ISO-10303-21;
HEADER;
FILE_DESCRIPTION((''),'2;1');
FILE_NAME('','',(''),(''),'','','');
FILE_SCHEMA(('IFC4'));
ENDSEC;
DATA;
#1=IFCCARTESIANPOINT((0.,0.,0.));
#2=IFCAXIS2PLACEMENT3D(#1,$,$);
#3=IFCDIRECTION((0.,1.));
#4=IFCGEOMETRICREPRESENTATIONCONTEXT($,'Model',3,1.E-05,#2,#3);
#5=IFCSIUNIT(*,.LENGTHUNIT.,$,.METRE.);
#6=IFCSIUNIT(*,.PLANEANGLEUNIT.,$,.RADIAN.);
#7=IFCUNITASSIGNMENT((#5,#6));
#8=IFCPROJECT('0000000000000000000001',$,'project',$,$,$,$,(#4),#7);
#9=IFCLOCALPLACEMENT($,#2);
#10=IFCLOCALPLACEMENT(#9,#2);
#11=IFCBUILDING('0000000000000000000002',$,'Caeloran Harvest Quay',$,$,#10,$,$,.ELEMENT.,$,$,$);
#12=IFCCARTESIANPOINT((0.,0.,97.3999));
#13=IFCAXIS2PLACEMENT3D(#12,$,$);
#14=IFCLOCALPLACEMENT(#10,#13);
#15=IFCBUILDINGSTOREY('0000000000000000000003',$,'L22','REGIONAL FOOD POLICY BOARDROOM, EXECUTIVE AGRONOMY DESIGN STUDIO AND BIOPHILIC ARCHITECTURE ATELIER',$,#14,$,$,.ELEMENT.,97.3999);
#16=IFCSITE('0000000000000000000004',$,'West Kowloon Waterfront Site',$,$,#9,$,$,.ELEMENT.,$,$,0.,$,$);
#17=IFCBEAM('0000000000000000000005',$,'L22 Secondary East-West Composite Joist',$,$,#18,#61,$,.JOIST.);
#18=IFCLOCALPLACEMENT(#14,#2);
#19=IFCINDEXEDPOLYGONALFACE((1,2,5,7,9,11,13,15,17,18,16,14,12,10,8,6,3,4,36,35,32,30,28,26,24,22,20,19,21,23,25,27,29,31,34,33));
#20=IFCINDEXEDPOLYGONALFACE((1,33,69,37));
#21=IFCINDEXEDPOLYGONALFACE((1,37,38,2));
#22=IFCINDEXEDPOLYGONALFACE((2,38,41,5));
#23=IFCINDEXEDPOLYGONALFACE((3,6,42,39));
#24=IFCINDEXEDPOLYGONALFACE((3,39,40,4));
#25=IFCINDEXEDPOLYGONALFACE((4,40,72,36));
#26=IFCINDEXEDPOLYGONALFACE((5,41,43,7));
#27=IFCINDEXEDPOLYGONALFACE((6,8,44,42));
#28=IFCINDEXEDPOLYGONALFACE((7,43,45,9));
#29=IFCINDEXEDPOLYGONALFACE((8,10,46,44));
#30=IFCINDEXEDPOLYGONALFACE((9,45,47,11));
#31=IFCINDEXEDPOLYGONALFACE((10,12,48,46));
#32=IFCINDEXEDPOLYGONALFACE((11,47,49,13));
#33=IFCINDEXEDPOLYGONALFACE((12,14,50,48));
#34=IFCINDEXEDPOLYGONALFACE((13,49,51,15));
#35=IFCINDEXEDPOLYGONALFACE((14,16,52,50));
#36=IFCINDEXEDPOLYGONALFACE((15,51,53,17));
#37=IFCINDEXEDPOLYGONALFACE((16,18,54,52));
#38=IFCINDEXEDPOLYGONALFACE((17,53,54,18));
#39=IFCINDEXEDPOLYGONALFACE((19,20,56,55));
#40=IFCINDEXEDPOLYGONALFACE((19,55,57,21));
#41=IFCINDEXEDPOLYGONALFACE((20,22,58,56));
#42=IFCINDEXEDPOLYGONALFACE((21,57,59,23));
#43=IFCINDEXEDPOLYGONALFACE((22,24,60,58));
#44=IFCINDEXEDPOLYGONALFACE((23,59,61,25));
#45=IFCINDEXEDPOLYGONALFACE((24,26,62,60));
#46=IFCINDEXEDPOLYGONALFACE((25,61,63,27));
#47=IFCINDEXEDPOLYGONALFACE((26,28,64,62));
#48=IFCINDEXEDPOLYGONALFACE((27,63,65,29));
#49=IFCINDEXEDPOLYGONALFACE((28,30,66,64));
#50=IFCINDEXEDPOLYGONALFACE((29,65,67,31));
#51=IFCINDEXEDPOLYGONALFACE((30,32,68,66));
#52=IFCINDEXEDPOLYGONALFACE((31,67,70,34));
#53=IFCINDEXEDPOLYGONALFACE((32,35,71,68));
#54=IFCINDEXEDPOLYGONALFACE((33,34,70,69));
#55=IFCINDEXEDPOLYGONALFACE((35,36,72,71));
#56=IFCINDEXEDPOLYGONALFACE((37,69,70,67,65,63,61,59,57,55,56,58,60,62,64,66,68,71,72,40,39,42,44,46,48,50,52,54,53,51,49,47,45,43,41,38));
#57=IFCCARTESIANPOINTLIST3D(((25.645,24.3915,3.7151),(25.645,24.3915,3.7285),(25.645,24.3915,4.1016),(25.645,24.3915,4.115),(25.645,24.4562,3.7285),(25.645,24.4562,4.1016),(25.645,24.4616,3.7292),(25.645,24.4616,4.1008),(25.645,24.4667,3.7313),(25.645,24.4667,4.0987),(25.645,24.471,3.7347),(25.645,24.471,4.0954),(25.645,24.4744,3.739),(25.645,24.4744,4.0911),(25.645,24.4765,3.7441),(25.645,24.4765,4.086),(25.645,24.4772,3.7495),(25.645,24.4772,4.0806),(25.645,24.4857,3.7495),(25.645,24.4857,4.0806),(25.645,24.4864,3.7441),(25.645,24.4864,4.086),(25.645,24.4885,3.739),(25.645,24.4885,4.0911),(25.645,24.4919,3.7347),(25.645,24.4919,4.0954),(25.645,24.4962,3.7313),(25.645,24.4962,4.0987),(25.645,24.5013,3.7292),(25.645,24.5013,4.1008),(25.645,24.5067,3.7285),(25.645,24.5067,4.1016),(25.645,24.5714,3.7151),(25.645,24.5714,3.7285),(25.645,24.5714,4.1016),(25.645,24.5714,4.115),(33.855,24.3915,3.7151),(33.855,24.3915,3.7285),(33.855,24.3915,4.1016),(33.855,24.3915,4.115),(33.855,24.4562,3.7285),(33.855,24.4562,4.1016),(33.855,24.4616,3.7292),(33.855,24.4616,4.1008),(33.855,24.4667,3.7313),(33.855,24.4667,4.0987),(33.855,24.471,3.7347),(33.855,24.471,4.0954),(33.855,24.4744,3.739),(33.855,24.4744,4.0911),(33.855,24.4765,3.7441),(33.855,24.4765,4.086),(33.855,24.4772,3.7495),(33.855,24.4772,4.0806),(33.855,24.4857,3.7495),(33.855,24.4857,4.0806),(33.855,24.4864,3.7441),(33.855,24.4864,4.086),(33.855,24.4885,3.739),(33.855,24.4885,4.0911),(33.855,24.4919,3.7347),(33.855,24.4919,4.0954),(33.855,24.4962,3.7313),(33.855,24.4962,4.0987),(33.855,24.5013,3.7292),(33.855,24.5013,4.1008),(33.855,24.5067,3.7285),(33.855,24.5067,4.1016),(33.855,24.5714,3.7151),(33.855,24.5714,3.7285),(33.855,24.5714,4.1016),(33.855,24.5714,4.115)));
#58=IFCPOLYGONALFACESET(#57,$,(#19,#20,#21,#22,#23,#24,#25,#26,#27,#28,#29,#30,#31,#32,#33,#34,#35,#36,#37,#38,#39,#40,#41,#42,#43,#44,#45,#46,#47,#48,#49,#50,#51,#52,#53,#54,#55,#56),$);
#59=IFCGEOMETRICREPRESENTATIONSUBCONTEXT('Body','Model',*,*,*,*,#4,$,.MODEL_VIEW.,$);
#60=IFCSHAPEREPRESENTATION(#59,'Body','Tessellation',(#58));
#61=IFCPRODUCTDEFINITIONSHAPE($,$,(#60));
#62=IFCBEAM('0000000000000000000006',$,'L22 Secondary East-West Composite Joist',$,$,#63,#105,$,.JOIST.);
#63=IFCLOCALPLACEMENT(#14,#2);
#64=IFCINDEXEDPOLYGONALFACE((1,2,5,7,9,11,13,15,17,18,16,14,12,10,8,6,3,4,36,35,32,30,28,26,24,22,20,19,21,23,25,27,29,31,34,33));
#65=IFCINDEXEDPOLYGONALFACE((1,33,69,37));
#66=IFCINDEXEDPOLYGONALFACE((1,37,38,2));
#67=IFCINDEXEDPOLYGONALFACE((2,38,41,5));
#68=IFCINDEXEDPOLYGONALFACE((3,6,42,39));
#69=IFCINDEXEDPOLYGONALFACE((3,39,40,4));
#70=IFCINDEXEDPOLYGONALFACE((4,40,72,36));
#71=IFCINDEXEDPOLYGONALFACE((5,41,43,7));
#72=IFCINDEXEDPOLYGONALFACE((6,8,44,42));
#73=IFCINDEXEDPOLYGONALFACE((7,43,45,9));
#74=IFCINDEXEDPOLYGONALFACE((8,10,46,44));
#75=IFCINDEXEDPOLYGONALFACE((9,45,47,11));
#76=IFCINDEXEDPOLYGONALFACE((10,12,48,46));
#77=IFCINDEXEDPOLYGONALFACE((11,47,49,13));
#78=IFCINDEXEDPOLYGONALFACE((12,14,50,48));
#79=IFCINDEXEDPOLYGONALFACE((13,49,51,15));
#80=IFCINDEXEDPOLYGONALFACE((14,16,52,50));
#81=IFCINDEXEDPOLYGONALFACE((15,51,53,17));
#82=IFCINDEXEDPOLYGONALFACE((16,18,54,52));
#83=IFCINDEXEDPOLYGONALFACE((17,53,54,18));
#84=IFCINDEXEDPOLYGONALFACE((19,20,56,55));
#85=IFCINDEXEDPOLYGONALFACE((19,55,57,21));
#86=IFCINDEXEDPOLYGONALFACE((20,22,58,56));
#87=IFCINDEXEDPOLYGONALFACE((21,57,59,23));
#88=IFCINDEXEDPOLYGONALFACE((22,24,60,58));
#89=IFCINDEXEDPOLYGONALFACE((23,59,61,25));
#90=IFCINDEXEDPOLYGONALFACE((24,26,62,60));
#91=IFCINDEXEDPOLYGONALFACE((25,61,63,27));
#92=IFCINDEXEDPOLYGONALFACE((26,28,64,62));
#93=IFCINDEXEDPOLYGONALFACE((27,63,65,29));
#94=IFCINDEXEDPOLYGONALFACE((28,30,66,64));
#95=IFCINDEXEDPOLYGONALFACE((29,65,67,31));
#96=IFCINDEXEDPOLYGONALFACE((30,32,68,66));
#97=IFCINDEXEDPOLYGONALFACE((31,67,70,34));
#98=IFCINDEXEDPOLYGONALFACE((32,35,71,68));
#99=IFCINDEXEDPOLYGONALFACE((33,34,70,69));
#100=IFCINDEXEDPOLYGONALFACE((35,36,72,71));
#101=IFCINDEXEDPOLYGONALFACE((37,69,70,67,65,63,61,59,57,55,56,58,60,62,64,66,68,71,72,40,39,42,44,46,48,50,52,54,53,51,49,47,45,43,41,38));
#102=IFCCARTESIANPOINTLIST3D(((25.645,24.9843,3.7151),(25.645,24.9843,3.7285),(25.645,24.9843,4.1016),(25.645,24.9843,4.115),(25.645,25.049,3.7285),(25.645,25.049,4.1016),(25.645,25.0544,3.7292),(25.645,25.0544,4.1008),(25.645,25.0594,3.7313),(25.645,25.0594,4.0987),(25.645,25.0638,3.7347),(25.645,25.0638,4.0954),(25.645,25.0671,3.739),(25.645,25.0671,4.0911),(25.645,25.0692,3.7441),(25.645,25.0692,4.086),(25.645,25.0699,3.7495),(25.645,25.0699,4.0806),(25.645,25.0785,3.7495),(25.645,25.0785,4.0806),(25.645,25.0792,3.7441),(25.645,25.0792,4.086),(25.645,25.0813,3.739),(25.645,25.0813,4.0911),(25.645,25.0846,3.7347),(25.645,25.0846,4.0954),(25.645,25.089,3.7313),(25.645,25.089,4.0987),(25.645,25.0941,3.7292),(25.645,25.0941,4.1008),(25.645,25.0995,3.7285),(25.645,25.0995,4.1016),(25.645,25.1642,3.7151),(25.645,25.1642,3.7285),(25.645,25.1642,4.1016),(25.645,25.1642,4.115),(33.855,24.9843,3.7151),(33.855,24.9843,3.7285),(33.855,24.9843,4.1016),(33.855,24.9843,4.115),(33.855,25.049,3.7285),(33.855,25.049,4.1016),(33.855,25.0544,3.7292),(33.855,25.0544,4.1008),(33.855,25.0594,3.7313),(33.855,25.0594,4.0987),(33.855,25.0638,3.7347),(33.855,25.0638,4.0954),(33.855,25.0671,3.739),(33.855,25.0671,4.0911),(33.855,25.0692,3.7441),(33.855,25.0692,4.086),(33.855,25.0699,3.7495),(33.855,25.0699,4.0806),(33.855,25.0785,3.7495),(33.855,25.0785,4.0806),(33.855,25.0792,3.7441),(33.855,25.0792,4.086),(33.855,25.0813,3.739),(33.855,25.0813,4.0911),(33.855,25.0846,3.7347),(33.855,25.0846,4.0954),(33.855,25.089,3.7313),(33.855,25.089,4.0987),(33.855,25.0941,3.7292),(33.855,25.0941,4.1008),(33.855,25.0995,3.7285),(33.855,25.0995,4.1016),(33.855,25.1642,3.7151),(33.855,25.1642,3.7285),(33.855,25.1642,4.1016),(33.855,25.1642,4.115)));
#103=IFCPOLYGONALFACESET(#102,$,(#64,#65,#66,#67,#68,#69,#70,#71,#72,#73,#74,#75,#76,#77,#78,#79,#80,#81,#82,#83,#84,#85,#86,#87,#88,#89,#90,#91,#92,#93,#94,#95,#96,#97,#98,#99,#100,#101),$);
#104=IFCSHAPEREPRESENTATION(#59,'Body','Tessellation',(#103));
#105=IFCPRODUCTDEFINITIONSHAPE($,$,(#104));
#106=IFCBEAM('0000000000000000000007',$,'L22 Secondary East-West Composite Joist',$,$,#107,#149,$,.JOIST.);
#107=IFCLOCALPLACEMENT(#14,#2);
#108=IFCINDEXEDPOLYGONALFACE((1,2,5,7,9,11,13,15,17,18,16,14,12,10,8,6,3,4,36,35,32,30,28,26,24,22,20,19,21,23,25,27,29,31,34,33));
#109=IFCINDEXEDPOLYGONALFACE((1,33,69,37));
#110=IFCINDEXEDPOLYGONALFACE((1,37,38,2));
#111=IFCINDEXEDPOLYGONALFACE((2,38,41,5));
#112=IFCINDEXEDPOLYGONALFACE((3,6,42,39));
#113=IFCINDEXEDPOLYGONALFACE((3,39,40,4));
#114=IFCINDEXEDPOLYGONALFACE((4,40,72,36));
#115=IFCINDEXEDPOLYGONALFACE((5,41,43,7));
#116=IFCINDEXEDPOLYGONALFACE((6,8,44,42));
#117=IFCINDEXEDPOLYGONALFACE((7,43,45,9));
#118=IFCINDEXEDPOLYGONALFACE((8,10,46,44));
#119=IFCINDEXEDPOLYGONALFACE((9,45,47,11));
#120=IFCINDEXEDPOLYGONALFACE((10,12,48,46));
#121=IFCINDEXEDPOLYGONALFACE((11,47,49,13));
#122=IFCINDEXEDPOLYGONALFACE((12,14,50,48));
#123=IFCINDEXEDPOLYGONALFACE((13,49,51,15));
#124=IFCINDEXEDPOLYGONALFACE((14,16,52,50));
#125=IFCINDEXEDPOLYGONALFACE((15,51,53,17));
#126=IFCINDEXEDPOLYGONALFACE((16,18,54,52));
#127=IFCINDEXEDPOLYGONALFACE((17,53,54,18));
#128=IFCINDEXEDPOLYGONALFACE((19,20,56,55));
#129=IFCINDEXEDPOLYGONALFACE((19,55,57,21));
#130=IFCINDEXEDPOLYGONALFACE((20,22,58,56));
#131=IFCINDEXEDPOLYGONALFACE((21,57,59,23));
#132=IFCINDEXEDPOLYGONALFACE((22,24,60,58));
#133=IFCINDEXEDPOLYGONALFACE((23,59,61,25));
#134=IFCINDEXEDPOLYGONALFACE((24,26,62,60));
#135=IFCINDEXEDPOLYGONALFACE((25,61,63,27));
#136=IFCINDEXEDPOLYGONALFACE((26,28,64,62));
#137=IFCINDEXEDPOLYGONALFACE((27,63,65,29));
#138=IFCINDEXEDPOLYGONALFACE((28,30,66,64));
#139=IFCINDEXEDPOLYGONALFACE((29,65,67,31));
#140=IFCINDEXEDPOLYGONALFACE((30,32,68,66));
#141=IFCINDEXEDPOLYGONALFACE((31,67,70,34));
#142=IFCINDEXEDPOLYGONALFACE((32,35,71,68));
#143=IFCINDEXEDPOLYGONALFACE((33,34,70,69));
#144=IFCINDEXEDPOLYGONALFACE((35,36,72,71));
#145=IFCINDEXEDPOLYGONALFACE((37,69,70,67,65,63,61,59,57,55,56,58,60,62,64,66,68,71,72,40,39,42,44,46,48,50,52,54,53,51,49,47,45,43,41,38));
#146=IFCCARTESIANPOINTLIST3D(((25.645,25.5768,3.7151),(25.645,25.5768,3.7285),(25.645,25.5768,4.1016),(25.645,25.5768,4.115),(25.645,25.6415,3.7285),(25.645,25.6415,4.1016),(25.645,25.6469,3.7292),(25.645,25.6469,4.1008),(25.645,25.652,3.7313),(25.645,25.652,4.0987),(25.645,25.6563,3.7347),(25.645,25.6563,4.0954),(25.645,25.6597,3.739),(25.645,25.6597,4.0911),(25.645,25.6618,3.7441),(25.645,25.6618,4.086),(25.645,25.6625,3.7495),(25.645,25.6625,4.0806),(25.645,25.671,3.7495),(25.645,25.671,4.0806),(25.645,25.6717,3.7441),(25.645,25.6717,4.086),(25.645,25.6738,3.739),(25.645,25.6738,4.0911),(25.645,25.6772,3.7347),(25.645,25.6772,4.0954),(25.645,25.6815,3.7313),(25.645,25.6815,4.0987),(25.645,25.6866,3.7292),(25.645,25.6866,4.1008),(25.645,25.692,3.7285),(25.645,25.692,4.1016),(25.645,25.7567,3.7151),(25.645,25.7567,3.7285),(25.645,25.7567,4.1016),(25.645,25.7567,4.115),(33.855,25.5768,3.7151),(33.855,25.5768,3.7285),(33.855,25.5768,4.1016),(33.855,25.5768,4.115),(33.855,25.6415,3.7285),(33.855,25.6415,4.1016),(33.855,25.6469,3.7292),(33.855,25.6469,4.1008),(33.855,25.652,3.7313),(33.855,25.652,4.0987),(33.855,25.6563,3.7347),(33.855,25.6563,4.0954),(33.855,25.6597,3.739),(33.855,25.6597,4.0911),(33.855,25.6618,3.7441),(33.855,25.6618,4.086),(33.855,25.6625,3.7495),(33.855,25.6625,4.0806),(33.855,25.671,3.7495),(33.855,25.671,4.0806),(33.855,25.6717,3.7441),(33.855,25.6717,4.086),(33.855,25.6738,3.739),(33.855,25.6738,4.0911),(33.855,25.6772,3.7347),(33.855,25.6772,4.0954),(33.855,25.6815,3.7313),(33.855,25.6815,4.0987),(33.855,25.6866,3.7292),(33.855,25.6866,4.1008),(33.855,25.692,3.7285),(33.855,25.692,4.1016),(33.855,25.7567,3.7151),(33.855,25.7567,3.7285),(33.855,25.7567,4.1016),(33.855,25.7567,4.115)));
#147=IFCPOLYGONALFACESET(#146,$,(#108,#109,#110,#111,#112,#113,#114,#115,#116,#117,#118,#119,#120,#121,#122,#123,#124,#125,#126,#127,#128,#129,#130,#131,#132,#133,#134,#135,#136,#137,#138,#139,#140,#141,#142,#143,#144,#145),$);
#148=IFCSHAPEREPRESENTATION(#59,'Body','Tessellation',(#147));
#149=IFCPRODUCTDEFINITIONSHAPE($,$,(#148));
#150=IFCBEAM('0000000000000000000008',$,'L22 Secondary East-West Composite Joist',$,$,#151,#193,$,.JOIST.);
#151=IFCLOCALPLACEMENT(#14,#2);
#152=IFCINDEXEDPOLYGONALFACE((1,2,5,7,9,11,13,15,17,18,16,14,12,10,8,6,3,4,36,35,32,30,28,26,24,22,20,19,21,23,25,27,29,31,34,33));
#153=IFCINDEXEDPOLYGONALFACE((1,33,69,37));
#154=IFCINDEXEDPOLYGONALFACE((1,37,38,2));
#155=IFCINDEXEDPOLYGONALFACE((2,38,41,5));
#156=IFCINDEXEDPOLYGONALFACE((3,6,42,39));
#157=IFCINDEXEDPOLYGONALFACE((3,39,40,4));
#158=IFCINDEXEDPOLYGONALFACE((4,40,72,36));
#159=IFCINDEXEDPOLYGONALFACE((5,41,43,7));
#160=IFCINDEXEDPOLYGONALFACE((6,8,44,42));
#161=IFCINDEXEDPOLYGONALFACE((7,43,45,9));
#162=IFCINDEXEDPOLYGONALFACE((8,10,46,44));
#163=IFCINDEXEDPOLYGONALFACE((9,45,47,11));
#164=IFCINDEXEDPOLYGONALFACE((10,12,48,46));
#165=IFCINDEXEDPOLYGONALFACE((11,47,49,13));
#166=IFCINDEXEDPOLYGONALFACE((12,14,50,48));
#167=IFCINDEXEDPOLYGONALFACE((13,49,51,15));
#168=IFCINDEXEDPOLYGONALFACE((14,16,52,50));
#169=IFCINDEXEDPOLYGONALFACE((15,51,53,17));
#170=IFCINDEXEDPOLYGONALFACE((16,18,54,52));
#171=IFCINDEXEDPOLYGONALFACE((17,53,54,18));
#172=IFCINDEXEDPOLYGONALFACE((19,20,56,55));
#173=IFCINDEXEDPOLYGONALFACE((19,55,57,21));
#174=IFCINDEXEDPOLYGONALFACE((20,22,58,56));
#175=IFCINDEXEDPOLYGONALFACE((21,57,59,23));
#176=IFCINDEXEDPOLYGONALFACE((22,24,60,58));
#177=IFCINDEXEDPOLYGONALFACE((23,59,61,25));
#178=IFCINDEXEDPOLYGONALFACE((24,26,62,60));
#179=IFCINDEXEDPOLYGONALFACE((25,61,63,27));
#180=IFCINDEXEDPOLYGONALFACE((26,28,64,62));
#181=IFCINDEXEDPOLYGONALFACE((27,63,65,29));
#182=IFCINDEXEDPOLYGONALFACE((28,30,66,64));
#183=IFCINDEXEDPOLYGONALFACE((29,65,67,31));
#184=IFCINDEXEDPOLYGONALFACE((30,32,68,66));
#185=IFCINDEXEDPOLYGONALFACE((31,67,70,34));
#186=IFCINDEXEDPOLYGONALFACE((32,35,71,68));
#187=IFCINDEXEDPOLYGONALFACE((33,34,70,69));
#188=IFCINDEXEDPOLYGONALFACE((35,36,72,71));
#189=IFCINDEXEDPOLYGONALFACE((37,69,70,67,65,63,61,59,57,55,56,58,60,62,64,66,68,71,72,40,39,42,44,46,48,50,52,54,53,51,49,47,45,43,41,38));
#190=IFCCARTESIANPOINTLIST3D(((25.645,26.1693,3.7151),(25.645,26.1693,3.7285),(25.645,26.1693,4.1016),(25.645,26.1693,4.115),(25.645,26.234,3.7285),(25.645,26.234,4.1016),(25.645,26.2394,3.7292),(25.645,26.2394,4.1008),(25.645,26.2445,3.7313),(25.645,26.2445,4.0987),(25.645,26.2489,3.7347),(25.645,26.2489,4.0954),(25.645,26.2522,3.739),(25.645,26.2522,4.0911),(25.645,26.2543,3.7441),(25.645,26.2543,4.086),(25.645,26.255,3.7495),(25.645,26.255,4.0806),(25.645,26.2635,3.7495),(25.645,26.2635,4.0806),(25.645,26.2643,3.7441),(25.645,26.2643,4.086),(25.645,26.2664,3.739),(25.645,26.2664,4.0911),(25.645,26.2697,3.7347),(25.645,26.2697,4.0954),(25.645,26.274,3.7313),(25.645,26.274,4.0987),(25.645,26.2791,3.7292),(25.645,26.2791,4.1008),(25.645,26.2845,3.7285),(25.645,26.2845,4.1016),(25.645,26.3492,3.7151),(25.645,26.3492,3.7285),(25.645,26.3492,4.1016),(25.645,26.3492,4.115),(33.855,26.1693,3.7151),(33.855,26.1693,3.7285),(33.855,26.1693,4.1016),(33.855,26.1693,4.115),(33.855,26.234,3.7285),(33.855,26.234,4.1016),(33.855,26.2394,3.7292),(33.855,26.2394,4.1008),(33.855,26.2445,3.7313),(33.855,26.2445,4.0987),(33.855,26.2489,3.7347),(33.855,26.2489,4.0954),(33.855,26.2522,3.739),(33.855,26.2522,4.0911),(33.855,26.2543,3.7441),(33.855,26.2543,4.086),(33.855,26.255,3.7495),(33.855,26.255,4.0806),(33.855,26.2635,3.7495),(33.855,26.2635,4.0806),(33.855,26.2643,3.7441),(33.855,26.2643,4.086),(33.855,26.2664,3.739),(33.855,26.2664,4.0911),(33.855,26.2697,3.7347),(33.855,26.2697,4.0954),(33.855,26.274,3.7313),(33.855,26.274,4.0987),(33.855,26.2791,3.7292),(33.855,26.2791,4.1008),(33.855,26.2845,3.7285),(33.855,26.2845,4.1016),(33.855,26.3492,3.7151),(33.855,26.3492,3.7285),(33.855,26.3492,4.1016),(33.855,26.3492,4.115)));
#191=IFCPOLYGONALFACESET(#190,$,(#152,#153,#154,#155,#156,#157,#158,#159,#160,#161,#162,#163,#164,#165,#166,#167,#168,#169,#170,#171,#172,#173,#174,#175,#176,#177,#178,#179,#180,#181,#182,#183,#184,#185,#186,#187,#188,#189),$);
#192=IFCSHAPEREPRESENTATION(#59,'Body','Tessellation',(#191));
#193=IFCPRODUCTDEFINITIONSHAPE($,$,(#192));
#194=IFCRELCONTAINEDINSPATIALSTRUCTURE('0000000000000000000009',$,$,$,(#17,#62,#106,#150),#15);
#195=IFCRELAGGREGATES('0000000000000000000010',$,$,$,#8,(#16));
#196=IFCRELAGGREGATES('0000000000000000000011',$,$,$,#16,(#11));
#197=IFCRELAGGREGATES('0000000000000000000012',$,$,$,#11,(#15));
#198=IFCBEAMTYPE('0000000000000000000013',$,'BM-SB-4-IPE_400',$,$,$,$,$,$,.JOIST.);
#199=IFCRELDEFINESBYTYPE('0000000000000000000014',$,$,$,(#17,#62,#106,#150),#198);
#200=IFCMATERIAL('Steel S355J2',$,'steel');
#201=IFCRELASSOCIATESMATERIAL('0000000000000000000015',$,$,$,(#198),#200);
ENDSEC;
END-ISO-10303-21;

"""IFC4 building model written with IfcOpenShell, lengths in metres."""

from ifc_helpers import new_model, si_unit, direction, frame, origin, origin_2d, place, context, subcontext, project, spatial, i_section, extrude, material, material_profile, profile_set, type_object, element, save


model = new_model("IFC4")

# Units and contexts
model_context = context("Model", 3, precision=1e-05, world=origin(), true_north=direction((0.0, 1.0)))
body_context = subcontext(model_context, "Body", "Model", "MODEL_VIEW")
ifc_project = project(units=[si_unit("LENGTHUNIT", "METRE"), si_unit("PLANEANGLEUNIT", "RADIAN")], contexts=[model_context])

# Site, building, storey
site_placement = place(None, origin())
site = spatial("IfcSite", under=ifc_project, at=site_placement, Name="West Kowloon Waterfront Site", CompositionType="ELEMENT", RefElevation=0.0)
building_placement = place(site_placement, origin())
building = spatial("IfcBuilding", under=site, at=building_placement, Name="Caeloran Harvest Quay", CompositionType="ELEMENT")
storey_placement = place(building_placement, frame((0.0, 0.0, 97.3999)))
storey = spatial("IfcBuildingStorey", under=building, at=storey_placement, Name="L22", Description="REGIONAL FOOD POLICY BOARDROOM, EXECUTIVE AGRONOMY DESIGN STUDIO AND BIOPHILIC ARCHITECTURE ATELIER", CompositionType="ELEMENT", Elevation=97.3999)

# Beams
ifc_material_1 = material(Name="Steel S355J2", Category="steel")
ifc_material_profile_1 = material_profile(ifc_material_1, i_section(OverallWidth=0.1799, OverallDepth=0.3999, WebThickness=0.0085, FlangeThickness=0.0134, FilletRadius=0.021, at=origin_2d()), Name="IPE 400")
ifc_profile_set_1 = profile_set([ifc_material_profile_1], Name="Steel S355J2")
beam_type_1 = type_object("IfcBeamType", Name="BM-SB-4-IPE_400", PredefinedType="JOIST", material=ifc_profile_set_1)
for number, where, z_axis, x_axis, name in (
    (1, (25.645, 24.4814, 3.915), (1.0, 0.0, 0.0), (0.0, 1.0, 0.0), "L22 Secondary East-West Composite Joist"),
    (2, (25.645, 25.0742, 3.915), (1.0, 0.0, 0.0), (0.0, 1.0, 0.0), "L22 Secondary East-West Composite Joist"),
    (3, (25.645, 25.6667, 3.915), (1.0, 0.0, 0.0), (0.0, 1.0, 0.0), "L22 Secondary East-West Composite Joist"),
    (4, (25.645, 26.2593, 3.915), (1.0, 0.0, 0.0), (0.0, 1.0, 0.0), "L22 Secondary East-West Composite Joist"),
):
    element("IfcBeam", number, at=place(storey_placement, frame(where, z_axis=z_axis, x_axis=x_axis)), inside=storey, type_object=beam_type_1, Name=name, PredefinedType="JOIST", context=body_context, shape_type="SweptSolid", body=[
        extrude(i_section(OverallWidth=0.1799, OverallDepth=0.3999, WebThickness=0.0085, FlangeThickness=0.0134, FilletRadius=0.021, at=origin_2d()), origin(), (0.0, 0.0, 1.0), 8.21),
    ])

save(model, "model.ifc")
